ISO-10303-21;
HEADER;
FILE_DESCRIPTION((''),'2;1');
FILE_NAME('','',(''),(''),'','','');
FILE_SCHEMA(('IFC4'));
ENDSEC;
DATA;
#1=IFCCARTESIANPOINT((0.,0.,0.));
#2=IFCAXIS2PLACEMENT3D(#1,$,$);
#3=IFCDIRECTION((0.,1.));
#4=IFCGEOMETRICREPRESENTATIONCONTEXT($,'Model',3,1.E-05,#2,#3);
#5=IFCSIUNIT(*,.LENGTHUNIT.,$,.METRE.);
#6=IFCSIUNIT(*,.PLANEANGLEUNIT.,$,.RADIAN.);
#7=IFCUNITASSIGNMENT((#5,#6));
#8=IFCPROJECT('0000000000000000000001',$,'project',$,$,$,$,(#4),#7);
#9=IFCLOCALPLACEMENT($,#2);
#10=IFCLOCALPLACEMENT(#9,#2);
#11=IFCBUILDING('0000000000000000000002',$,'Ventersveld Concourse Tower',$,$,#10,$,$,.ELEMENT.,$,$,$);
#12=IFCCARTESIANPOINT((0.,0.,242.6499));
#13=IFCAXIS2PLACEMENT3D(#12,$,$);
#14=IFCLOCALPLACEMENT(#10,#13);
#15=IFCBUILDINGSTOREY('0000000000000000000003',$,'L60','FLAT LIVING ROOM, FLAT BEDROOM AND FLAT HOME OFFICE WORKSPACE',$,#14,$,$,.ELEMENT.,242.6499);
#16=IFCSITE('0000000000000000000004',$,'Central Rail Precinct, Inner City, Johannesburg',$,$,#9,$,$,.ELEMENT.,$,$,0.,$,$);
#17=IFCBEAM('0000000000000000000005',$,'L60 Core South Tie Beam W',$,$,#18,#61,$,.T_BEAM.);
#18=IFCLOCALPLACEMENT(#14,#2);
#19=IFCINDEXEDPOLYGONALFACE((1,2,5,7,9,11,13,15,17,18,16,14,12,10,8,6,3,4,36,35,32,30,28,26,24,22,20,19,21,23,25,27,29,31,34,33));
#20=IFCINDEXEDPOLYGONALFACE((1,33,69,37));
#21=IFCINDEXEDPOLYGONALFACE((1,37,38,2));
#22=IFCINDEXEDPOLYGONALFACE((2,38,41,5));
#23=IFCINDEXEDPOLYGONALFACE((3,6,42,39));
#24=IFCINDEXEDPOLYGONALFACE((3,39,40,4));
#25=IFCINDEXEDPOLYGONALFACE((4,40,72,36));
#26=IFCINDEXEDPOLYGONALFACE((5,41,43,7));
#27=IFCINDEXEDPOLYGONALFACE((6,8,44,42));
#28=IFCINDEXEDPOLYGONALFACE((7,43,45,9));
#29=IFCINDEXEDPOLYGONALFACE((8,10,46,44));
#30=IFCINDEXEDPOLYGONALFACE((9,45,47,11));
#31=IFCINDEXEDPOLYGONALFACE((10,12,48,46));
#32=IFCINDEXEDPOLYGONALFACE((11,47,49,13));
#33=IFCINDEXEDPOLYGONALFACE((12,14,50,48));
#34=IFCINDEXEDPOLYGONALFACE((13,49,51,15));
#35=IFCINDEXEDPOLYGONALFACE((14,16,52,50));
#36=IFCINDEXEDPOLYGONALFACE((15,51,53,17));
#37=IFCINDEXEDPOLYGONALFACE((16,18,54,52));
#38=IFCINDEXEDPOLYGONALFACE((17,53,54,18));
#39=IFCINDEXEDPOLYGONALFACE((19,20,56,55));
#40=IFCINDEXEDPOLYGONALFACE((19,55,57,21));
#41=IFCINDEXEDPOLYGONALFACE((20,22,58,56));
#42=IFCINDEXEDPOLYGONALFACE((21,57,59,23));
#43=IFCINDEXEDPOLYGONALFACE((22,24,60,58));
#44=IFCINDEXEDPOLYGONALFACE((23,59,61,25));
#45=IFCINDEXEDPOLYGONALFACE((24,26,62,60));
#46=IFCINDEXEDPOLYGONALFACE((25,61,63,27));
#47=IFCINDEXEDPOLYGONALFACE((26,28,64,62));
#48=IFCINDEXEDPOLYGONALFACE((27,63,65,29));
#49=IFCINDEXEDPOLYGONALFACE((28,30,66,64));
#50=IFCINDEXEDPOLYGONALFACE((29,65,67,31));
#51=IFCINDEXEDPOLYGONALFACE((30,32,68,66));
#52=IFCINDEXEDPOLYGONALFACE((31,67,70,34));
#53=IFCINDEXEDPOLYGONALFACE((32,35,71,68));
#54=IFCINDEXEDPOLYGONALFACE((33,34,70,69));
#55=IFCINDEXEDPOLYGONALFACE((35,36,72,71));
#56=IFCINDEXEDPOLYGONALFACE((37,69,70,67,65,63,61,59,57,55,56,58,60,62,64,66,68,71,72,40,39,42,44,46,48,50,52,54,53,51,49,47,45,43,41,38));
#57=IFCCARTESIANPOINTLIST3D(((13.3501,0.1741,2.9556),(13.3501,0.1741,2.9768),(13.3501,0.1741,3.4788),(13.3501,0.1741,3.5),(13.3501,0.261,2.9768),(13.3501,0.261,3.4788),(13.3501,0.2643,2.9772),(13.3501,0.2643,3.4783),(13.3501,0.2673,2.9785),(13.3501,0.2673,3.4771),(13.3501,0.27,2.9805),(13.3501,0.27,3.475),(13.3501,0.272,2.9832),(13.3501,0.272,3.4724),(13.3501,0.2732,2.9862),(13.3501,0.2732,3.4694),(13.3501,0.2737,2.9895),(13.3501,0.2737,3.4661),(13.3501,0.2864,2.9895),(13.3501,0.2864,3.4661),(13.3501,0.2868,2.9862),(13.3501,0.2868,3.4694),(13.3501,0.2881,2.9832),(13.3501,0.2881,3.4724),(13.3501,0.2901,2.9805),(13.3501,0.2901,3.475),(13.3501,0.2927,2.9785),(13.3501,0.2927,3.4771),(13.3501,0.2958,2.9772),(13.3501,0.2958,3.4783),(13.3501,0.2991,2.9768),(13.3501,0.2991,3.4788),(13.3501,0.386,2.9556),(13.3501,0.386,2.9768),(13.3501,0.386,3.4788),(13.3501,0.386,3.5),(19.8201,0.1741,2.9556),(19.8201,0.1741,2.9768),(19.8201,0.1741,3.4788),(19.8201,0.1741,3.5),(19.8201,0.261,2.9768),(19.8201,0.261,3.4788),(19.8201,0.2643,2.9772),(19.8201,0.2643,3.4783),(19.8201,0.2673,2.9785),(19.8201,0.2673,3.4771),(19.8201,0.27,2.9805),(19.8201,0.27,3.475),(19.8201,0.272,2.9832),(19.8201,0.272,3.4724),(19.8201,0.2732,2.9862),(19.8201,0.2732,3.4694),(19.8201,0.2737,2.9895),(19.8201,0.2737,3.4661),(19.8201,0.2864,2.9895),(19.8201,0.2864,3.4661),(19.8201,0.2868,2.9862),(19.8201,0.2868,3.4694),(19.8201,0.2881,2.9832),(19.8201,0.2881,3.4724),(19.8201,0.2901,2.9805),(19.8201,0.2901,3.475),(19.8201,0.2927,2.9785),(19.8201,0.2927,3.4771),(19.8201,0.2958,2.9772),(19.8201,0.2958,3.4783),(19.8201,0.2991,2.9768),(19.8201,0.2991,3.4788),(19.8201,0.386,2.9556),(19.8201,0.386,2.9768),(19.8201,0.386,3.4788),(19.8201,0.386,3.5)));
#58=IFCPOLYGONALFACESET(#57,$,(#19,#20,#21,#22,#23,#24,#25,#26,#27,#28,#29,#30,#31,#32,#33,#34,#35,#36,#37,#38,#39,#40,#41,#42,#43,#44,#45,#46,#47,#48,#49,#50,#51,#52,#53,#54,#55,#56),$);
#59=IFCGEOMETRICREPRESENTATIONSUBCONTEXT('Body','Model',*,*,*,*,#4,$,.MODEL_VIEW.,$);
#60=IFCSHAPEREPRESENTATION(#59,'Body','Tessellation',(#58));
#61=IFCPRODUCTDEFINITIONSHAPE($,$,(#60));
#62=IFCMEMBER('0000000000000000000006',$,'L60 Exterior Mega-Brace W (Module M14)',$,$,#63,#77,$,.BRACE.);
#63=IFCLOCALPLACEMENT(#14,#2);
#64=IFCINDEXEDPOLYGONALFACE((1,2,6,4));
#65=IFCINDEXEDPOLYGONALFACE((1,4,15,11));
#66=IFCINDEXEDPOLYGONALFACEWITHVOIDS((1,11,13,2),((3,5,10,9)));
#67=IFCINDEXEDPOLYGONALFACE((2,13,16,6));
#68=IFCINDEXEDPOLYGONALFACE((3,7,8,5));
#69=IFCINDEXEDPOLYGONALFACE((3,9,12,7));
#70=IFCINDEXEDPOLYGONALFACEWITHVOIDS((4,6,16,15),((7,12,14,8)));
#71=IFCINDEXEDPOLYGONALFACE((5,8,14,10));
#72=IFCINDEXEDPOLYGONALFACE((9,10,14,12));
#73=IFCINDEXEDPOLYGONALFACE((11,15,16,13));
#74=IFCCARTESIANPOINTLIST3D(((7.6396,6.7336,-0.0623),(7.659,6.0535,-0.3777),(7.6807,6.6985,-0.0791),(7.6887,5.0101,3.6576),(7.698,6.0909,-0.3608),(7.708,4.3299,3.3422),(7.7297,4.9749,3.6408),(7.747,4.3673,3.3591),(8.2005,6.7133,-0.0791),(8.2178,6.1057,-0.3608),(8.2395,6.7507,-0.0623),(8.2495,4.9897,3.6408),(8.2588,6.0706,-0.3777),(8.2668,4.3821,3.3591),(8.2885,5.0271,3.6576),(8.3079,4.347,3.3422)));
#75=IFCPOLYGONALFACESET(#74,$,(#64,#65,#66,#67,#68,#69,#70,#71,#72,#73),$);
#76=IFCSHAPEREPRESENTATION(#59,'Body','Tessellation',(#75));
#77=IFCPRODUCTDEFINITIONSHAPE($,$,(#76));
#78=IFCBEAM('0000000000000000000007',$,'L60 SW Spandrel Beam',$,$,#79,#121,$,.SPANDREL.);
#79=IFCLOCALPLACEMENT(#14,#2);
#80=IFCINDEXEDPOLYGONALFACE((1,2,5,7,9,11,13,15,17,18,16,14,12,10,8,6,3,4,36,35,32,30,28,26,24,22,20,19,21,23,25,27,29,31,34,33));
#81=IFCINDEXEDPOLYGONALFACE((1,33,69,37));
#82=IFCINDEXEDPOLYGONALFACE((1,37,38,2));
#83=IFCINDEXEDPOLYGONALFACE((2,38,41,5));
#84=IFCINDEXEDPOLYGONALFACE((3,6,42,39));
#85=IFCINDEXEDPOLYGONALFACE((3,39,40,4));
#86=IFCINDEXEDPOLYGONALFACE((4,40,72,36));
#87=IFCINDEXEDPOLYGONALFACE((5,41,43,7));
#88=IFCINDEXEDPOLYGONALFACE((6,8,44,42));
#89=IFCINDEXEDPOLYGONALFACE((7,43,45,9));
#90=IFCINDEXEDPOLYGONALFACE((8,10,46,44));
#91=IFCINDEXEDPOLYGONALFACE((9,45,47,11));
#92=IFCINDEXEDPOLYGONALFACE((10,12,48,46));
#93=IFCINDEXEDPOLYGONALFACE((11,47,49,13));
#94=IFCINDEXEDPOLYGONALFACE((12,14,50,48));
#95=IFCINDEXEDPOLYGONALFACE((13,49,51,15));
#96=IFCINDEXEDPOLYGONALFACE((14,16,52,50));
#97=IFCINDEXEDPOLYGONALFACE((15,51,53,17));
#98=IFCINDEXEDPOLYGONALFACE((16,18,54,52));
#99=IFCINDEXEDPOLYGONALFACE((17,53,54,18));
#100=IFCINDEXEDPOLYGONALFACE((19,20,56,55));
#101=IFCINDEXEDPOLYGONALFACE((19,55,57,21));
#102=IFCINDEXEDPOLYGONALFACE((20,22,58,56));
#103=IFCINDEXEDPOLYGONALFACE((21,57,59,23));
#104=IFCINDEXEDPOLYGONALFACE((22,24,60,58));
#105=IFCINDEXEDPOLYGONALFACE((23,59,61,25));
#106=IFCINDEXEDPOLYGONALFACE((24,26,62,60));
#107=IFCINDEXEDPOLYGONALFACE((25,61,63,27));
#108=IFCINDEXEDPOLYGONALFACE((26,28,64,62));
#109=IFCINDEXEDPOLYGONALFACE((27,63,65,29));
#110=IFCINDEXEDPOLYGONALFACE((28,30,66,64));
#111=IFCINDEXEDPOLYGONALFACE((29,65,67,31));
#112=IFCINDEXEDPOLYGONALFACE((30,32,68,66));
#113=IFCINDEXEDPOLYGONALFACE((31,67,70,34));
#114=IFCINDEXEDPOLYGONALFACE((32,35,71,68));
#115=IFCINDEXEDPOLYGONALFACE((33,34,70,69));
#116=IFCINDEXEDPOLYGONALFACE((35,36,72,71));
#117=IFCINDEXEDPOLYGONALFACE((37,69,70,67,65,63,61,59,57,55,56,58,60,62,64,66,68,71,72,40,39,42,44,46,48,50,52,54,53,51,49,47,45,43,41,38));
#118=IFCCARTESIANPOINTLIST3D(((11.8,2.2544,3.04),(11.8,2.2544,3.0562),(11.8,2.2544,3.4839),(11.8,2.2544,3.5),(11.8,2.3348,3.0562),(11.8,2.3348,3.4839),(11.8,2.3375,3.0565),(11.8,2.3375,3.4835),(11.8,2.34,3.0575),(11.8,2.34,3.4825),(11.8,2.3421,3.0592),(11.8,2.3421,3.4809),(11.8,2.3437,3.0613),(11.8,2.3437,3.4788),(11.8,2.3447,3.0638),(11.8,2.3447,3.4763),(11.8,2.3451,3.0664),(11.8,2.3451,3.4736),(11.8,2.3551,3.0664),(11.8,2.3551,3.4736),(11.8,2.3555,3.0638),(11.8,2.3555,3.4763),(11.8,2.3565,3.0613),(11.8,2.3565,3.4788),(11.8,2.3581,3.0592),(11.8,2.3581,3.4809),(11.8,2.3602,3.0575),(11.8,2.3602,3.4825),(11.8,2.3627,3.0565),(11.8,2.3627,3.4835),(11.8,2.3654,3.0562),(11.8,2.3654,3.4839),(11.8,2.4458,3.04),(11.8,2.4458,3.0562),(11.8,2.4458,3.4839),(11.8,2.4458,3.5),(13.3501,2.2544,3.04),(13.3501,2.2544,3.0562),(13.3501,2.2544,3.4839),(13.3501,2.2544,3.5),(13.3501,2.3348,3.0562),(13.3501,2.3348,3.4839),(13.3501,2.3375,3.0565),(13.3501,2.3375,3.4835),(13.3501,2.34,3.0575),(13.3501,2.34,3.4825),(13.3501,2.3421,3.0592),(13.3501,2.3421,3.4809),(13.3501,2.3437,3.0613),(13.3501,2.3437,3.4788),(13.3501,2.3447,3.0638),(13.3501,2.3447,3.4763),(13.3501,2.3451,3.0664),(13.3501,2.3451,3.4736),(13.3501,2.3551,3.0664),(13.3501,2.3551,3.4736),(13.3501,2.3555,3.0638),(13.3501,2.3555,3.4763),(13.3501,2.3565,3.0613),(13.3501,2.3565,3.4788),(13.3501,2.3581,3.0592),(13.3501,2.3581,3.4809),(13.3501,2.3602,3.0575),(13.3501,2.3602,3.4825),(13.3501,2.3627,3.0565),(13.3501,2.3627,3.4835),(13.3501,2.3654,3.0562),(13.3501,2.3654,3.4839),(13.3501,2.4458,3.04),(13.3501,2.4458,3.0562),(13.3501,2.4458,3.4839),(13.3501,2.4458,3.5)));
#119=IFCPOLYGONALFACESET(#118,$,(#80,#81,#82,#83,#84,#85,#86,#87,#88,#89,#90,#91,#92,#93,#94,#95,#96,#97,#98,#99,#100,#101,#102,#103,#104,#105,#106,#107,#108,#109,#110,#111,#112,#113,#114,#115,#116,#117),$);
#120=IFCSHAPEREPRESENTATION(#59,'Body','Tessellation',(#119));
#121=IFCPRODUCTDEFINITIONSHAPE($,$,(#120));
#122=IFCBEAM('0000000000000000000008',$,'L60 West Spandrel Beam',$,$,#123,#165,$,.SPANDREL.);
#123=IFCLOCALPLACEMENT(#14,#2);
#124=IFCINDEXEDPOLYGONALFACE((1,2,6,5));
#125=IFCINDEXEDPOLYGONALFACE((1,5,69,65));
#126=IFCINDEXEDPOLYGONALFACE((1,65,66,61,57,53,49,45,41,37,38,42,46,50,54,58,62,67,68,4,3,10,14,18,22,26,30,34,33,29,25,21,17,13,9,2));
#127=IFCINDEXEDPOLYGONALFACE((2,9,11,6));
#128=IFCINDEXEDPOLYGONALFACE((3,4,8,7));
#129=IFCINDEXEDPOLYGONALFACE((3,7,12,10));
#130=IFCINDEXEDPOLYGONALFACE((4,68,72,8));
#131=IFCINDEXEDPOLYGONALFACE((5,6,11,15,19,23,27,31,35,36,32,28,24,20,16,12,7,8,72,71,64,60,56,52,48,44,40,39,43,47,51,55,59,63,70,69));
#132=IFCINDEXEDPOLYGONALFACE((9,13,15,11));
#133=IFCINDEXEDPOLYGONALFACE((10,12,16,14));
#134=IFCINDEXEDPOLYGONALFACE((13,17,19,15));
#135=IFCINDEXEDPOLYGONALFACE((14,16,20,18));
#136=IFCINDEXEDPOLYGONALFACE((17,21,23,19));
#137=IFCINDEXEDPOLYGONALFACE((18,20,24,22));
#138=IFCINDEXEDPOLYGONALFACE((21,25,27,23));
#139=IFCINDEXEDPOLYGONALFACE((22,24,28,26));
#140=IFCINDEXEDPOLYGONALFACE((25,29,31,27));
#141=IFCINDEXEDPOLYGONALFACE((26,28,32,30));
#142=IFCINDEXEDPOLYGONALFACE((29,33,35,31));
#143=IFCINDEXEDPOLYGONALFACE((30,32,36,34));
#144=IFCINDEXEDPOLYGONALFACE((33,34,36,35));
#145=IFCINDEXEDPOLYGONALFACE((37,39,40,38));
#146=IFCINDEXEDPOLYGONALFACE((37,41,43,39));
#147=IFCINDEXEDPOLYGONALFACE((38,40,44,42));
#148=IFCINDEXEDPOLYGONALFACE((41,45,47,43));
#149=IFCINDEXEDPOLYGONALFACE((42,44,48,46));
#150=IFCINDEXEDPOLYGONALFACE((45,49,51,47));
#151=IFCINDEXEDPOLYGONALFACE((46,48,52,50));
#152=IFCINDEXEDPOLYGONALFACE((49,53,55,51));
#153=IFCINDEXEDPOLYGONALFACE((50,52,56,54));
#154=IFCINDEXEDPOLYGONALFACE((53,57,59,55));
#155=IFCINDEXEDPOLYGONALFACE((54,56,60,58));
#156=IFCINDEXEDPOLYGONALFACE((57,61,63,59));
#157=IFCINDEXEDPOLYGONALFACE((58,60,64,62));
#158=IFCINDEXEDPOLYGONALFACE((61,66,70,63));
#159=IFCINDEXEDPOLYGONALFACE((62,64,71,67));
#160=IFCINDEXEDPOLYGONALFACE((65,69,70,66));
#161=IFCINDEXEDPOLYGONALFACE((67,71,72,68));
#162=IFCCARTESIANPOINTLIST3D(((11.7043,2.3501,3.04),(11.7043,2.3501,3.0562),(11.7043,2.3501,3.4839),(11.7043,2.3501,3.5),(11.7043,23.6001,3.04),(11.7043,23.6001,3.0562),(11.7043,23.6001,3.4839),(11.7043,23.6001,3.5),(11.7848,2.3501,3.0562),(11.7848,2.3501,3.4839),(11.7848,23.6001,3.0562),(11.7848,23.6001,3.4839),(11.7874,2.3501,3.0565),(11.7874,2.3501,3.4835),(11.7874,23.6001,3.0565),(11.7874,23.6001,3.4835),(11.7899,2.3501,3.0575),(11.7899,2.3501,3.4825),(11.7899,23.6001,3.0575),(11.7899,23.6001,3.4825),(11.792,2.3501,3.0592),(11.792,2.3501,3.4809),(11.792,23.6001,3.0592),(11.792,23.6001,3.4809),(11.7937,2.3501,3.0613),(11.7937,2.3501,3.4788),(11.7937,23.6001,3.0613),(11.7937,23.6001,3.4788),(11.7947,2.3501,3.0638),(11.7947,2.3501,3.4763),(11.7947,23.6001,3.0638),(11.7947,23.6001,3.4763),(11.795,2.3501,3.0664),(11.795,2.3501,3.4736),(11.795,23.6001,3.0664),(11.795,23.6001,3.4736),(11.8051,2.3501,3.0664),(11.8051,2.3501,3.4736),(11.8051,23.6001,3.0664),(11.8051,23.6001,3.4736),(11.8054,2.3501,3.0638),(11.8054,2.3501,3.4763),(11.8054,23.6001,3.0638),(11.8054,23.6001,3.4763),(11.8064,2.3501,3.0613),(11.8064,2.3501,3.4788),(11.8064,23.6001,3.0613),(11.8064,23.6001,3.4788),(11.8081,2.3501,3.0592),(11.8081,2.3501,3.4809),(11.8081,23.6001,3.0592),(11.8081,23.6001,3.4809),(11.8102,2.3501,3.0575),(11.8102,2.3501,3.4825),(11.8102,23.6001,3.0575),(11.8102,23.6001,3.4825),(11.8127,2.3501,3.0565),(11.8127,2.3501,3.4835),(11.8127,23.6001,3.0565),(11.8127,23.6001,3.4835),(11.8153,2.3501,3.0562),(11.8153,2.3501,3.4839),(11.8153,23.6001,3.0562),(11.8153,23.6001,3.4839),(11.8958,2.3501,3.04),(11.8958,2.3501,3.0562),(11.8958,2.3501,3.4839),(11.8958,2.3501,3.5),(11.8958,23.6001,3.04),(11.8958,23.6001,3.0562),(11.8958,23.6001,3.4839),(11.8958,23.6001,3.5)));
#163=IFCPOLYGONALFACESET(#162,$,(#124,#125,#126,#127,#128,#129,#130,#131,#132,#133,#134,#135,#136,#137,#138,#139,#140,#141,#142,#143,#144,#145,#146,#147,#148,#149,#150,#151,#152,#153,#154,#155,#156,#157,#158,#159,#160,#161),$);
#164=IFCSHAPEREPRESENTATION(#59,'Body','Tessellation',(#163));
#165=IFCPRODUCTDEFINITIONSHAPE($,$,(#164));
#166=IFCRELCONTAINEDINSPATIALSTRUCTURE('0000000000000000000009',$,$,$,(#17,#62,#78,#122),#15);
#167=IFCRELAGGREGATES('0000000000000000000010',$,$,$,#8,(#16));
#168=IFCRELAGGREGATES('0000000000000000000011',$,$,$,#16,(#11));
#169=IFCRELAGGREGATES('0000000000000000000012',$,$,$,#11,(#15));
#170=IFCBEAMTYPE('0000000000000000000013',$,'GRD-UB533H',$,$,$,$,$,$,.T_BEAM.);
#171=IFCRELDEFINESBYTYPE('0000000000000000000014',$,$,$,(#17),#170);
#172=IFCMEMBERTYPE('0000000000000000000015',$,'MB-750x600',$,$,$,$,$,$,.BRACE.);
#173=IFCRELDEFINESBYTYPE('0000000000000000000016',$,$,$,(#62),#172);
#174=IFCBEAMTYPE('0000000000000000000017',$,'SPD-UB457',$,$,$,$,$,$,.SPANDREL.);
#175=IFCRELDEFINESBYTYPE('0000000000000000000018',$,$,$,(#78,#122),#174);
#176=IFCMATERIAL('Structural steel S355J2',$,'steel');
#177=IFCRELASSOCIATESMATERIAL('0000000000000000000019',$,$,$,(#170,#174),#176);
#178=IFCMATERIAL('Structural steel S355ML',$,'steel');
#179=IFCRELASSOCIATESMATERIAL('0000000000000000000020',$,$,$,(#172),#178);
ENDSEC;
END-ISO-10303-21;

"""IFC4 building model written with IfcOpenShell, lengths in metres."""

from ifc_helpers import new_model, si_unit, direction, frame, origin, origin_2d, place, context, subcontext, project, spatial, hollow_rectangle, i_section, extrude, material, material_profile, profile_set, type_object, element, save


model = new_model("IFC4")

# Units and contexts
model_context = context("Model", 3, precision=1e-05, world=origin(), true_north=direction((0.0, 1.0)))
body_context = subcontext(model_context, "Body", "Model", "MODEL_VIEW")
ifc_project = project(units=[si_unit("LENGTHUNIT", "METRE"), si_unit("PLANEANGLEUNIT", "RADIAN")], contexts=[model_context])

# Site, building, storey
site_placement = place(None, origin())
site = spatial("IfcSite", under=ifc_project, at=site_placement, Name="Central Rail Precinct, Inner City, Johannesburg", CompositionType="ELEMENT", RefElevation=0.0)
building_placement = place(site_placement, origin())
building = spatial("IfcBuilding", under=site, at=building_placement, Name="Ventersveld Concourse Tower", CompositionType="ELEMENT")
storey_placement = place(building_placement, frame((0.0, 0.0, 242.6499)))
storey = spatial("IfcBuildingStorey", under=building, at=storey_placement, Name="L60", Description="FLAT LIVING ROOM, FLAT BEDROOM AND FLAT HOME OFFICE WORKSPACE", CompositionType="ELEMENT", Elevation=242.6499)

# Beam
ifc_material_1 = material(Name="Structural steel S355J2", Category="steel")
ifc_material_profile_1 = material_profile(ifc_material_1, i_section(OverallWidth=0.2119, OverallDepth=0.5444, WebThickness=0.0127, FlangeThickness=0.0212, FilletRadius=0.0127, at=origin_2d()), Name="UB 533x210x122")
ifc_profile_set_1 = profile_set([ifc_material_profile_1], Name="Structural steel S355J2")
beam_type_1 = type_object("IfcBeamType", Name="GRD-UB533H", PredefinedType="T_BEAM", material=ifc_profile_set_1)
beam_1_placement = place(storey_placement, frame((13.3501, 0.28, 3.2278), z_axis=(1.0, 0.0, 0.0), x_axis=(0.0, 1.0, 0.0)))
element("IfcBeam", 1, at=beam_1_placement, inside=storey, type_object=beam_type_1, Name="L60 Core South Tie Beam W", PredefinedType="T_BEAM", context=body_context, shape_type="SweptSolid", body=[
    extrude(i_section(OverallWidth=0.2119, OverallDepth=0.5444, WebThickness=0.0127, FlangeThickness=0.0212, FilletRadius=0.0127, at=origin_2d()), origin(), (0.0, 0.0, 1.0), 6.47),
])

# Member
ifc_material_2 = material(Name="Structural steel S355ML", Category="steel")
ifc_material_profile_2 = material_profile(ifc_material_2, hollow_rectangle(XDim=0.6001, YDim=0.75, WallThickness=0.04, at=origin_2d()), Name="BOX 750x600x40")
ifc_profile_set_2 = profile_set([ifc_material_profile_2], Name="Structural steel S355ML")
member_type = type_object("IfcMemberType", Name="MB-750x600", PredefinedType="BRACE", material=ifc_profile_set_2)
member_placement = place(storey_placement, frame((7.9492, 6.4021, -0.22), z_axis=(0.011968, -0.420379, 0.907269), x_axis=(0.999595, 0.028459, 0.0)))
element("IfcMember", 2, at=member_placement, inside=storey, type_object=member_type, Name="L60 Exterior Mega-Brace W (Module M14)", PredefinedType="BRACE", context=body_context, shape_type="SweptSolid", body=[
    extrude(hollow_rectangle(XDim=0.6001, YDim=0.75, WallThickness=0.04, at=origin_2d()), origin(), (0.0, 0.0, 1.0), 4.1001),
])

# Beams
ifc_material_profile_3 = material_profile(ifc_material_1, i_section(OverallWidth=0.1914, OverallDepth=0.46, WebThickness=0.01, FlangeThickness=0.0161, FilletRadius=0.0103, at=origin_2d()), Name="UB 457x191x82")
ifc_profile_set_3 = profile_set([ifc_material_profile_3], Name="Structural steel S355J2")
beam_type_2 = type_object("IfcBeamType", Name="SPD-UB457", PredefinedType="SPANDREL", material=ifc_profile_set_3)
beam_2_placement = place(storey_placement, frame((11.8, 2.3501, 3.27), z_axis=(1.0, 0.0, 0.0), x_axis=(0.0, 1.0, 0.0)))
element("IfcBeam", 3, at=beam_2_placement, inside=storey, type_object=beam_type_2, Name="L60 SW Spandrel Beam", PredefinedType="SPANDREL", context=body_context, shape_type="SweptSolid", body=[
    extrude(i_section(OverallWidth=0.1914, OverallDepth=0.46, WebThickness=0.01, FlangeThickness=0.0161, FilletRadius=0.0103, at=origin_2d()), origin(), (0.0, 0.0, 1.0), 1.55),
])
beam_3_placement = place(storey_placement, frame((11.8, 2.3501, 3.27), z_axis=(0.0, 1.0, 0.0), x_axis=(-1.0, 0.0, 0.0)))
element("IfcBeam", 4, at=beam_3_placement, inside=storey, type_object=beam_type_2, Name="L60 West Spandrel Beam", PredefinedType="SPANDREL", context=body_context, shape_type="SweptSolid", body=[
    extrude(i_section(OverallWidth=0.1914, OverallDepth=0.46, WebThickness=0.01, FlangeThickness=0.0161, FilletRadius=0.0103, at=origin_2d()), origin(), (0.0, 0.0, 1.0), 21.25),
])

save(model, "model.ifc")
